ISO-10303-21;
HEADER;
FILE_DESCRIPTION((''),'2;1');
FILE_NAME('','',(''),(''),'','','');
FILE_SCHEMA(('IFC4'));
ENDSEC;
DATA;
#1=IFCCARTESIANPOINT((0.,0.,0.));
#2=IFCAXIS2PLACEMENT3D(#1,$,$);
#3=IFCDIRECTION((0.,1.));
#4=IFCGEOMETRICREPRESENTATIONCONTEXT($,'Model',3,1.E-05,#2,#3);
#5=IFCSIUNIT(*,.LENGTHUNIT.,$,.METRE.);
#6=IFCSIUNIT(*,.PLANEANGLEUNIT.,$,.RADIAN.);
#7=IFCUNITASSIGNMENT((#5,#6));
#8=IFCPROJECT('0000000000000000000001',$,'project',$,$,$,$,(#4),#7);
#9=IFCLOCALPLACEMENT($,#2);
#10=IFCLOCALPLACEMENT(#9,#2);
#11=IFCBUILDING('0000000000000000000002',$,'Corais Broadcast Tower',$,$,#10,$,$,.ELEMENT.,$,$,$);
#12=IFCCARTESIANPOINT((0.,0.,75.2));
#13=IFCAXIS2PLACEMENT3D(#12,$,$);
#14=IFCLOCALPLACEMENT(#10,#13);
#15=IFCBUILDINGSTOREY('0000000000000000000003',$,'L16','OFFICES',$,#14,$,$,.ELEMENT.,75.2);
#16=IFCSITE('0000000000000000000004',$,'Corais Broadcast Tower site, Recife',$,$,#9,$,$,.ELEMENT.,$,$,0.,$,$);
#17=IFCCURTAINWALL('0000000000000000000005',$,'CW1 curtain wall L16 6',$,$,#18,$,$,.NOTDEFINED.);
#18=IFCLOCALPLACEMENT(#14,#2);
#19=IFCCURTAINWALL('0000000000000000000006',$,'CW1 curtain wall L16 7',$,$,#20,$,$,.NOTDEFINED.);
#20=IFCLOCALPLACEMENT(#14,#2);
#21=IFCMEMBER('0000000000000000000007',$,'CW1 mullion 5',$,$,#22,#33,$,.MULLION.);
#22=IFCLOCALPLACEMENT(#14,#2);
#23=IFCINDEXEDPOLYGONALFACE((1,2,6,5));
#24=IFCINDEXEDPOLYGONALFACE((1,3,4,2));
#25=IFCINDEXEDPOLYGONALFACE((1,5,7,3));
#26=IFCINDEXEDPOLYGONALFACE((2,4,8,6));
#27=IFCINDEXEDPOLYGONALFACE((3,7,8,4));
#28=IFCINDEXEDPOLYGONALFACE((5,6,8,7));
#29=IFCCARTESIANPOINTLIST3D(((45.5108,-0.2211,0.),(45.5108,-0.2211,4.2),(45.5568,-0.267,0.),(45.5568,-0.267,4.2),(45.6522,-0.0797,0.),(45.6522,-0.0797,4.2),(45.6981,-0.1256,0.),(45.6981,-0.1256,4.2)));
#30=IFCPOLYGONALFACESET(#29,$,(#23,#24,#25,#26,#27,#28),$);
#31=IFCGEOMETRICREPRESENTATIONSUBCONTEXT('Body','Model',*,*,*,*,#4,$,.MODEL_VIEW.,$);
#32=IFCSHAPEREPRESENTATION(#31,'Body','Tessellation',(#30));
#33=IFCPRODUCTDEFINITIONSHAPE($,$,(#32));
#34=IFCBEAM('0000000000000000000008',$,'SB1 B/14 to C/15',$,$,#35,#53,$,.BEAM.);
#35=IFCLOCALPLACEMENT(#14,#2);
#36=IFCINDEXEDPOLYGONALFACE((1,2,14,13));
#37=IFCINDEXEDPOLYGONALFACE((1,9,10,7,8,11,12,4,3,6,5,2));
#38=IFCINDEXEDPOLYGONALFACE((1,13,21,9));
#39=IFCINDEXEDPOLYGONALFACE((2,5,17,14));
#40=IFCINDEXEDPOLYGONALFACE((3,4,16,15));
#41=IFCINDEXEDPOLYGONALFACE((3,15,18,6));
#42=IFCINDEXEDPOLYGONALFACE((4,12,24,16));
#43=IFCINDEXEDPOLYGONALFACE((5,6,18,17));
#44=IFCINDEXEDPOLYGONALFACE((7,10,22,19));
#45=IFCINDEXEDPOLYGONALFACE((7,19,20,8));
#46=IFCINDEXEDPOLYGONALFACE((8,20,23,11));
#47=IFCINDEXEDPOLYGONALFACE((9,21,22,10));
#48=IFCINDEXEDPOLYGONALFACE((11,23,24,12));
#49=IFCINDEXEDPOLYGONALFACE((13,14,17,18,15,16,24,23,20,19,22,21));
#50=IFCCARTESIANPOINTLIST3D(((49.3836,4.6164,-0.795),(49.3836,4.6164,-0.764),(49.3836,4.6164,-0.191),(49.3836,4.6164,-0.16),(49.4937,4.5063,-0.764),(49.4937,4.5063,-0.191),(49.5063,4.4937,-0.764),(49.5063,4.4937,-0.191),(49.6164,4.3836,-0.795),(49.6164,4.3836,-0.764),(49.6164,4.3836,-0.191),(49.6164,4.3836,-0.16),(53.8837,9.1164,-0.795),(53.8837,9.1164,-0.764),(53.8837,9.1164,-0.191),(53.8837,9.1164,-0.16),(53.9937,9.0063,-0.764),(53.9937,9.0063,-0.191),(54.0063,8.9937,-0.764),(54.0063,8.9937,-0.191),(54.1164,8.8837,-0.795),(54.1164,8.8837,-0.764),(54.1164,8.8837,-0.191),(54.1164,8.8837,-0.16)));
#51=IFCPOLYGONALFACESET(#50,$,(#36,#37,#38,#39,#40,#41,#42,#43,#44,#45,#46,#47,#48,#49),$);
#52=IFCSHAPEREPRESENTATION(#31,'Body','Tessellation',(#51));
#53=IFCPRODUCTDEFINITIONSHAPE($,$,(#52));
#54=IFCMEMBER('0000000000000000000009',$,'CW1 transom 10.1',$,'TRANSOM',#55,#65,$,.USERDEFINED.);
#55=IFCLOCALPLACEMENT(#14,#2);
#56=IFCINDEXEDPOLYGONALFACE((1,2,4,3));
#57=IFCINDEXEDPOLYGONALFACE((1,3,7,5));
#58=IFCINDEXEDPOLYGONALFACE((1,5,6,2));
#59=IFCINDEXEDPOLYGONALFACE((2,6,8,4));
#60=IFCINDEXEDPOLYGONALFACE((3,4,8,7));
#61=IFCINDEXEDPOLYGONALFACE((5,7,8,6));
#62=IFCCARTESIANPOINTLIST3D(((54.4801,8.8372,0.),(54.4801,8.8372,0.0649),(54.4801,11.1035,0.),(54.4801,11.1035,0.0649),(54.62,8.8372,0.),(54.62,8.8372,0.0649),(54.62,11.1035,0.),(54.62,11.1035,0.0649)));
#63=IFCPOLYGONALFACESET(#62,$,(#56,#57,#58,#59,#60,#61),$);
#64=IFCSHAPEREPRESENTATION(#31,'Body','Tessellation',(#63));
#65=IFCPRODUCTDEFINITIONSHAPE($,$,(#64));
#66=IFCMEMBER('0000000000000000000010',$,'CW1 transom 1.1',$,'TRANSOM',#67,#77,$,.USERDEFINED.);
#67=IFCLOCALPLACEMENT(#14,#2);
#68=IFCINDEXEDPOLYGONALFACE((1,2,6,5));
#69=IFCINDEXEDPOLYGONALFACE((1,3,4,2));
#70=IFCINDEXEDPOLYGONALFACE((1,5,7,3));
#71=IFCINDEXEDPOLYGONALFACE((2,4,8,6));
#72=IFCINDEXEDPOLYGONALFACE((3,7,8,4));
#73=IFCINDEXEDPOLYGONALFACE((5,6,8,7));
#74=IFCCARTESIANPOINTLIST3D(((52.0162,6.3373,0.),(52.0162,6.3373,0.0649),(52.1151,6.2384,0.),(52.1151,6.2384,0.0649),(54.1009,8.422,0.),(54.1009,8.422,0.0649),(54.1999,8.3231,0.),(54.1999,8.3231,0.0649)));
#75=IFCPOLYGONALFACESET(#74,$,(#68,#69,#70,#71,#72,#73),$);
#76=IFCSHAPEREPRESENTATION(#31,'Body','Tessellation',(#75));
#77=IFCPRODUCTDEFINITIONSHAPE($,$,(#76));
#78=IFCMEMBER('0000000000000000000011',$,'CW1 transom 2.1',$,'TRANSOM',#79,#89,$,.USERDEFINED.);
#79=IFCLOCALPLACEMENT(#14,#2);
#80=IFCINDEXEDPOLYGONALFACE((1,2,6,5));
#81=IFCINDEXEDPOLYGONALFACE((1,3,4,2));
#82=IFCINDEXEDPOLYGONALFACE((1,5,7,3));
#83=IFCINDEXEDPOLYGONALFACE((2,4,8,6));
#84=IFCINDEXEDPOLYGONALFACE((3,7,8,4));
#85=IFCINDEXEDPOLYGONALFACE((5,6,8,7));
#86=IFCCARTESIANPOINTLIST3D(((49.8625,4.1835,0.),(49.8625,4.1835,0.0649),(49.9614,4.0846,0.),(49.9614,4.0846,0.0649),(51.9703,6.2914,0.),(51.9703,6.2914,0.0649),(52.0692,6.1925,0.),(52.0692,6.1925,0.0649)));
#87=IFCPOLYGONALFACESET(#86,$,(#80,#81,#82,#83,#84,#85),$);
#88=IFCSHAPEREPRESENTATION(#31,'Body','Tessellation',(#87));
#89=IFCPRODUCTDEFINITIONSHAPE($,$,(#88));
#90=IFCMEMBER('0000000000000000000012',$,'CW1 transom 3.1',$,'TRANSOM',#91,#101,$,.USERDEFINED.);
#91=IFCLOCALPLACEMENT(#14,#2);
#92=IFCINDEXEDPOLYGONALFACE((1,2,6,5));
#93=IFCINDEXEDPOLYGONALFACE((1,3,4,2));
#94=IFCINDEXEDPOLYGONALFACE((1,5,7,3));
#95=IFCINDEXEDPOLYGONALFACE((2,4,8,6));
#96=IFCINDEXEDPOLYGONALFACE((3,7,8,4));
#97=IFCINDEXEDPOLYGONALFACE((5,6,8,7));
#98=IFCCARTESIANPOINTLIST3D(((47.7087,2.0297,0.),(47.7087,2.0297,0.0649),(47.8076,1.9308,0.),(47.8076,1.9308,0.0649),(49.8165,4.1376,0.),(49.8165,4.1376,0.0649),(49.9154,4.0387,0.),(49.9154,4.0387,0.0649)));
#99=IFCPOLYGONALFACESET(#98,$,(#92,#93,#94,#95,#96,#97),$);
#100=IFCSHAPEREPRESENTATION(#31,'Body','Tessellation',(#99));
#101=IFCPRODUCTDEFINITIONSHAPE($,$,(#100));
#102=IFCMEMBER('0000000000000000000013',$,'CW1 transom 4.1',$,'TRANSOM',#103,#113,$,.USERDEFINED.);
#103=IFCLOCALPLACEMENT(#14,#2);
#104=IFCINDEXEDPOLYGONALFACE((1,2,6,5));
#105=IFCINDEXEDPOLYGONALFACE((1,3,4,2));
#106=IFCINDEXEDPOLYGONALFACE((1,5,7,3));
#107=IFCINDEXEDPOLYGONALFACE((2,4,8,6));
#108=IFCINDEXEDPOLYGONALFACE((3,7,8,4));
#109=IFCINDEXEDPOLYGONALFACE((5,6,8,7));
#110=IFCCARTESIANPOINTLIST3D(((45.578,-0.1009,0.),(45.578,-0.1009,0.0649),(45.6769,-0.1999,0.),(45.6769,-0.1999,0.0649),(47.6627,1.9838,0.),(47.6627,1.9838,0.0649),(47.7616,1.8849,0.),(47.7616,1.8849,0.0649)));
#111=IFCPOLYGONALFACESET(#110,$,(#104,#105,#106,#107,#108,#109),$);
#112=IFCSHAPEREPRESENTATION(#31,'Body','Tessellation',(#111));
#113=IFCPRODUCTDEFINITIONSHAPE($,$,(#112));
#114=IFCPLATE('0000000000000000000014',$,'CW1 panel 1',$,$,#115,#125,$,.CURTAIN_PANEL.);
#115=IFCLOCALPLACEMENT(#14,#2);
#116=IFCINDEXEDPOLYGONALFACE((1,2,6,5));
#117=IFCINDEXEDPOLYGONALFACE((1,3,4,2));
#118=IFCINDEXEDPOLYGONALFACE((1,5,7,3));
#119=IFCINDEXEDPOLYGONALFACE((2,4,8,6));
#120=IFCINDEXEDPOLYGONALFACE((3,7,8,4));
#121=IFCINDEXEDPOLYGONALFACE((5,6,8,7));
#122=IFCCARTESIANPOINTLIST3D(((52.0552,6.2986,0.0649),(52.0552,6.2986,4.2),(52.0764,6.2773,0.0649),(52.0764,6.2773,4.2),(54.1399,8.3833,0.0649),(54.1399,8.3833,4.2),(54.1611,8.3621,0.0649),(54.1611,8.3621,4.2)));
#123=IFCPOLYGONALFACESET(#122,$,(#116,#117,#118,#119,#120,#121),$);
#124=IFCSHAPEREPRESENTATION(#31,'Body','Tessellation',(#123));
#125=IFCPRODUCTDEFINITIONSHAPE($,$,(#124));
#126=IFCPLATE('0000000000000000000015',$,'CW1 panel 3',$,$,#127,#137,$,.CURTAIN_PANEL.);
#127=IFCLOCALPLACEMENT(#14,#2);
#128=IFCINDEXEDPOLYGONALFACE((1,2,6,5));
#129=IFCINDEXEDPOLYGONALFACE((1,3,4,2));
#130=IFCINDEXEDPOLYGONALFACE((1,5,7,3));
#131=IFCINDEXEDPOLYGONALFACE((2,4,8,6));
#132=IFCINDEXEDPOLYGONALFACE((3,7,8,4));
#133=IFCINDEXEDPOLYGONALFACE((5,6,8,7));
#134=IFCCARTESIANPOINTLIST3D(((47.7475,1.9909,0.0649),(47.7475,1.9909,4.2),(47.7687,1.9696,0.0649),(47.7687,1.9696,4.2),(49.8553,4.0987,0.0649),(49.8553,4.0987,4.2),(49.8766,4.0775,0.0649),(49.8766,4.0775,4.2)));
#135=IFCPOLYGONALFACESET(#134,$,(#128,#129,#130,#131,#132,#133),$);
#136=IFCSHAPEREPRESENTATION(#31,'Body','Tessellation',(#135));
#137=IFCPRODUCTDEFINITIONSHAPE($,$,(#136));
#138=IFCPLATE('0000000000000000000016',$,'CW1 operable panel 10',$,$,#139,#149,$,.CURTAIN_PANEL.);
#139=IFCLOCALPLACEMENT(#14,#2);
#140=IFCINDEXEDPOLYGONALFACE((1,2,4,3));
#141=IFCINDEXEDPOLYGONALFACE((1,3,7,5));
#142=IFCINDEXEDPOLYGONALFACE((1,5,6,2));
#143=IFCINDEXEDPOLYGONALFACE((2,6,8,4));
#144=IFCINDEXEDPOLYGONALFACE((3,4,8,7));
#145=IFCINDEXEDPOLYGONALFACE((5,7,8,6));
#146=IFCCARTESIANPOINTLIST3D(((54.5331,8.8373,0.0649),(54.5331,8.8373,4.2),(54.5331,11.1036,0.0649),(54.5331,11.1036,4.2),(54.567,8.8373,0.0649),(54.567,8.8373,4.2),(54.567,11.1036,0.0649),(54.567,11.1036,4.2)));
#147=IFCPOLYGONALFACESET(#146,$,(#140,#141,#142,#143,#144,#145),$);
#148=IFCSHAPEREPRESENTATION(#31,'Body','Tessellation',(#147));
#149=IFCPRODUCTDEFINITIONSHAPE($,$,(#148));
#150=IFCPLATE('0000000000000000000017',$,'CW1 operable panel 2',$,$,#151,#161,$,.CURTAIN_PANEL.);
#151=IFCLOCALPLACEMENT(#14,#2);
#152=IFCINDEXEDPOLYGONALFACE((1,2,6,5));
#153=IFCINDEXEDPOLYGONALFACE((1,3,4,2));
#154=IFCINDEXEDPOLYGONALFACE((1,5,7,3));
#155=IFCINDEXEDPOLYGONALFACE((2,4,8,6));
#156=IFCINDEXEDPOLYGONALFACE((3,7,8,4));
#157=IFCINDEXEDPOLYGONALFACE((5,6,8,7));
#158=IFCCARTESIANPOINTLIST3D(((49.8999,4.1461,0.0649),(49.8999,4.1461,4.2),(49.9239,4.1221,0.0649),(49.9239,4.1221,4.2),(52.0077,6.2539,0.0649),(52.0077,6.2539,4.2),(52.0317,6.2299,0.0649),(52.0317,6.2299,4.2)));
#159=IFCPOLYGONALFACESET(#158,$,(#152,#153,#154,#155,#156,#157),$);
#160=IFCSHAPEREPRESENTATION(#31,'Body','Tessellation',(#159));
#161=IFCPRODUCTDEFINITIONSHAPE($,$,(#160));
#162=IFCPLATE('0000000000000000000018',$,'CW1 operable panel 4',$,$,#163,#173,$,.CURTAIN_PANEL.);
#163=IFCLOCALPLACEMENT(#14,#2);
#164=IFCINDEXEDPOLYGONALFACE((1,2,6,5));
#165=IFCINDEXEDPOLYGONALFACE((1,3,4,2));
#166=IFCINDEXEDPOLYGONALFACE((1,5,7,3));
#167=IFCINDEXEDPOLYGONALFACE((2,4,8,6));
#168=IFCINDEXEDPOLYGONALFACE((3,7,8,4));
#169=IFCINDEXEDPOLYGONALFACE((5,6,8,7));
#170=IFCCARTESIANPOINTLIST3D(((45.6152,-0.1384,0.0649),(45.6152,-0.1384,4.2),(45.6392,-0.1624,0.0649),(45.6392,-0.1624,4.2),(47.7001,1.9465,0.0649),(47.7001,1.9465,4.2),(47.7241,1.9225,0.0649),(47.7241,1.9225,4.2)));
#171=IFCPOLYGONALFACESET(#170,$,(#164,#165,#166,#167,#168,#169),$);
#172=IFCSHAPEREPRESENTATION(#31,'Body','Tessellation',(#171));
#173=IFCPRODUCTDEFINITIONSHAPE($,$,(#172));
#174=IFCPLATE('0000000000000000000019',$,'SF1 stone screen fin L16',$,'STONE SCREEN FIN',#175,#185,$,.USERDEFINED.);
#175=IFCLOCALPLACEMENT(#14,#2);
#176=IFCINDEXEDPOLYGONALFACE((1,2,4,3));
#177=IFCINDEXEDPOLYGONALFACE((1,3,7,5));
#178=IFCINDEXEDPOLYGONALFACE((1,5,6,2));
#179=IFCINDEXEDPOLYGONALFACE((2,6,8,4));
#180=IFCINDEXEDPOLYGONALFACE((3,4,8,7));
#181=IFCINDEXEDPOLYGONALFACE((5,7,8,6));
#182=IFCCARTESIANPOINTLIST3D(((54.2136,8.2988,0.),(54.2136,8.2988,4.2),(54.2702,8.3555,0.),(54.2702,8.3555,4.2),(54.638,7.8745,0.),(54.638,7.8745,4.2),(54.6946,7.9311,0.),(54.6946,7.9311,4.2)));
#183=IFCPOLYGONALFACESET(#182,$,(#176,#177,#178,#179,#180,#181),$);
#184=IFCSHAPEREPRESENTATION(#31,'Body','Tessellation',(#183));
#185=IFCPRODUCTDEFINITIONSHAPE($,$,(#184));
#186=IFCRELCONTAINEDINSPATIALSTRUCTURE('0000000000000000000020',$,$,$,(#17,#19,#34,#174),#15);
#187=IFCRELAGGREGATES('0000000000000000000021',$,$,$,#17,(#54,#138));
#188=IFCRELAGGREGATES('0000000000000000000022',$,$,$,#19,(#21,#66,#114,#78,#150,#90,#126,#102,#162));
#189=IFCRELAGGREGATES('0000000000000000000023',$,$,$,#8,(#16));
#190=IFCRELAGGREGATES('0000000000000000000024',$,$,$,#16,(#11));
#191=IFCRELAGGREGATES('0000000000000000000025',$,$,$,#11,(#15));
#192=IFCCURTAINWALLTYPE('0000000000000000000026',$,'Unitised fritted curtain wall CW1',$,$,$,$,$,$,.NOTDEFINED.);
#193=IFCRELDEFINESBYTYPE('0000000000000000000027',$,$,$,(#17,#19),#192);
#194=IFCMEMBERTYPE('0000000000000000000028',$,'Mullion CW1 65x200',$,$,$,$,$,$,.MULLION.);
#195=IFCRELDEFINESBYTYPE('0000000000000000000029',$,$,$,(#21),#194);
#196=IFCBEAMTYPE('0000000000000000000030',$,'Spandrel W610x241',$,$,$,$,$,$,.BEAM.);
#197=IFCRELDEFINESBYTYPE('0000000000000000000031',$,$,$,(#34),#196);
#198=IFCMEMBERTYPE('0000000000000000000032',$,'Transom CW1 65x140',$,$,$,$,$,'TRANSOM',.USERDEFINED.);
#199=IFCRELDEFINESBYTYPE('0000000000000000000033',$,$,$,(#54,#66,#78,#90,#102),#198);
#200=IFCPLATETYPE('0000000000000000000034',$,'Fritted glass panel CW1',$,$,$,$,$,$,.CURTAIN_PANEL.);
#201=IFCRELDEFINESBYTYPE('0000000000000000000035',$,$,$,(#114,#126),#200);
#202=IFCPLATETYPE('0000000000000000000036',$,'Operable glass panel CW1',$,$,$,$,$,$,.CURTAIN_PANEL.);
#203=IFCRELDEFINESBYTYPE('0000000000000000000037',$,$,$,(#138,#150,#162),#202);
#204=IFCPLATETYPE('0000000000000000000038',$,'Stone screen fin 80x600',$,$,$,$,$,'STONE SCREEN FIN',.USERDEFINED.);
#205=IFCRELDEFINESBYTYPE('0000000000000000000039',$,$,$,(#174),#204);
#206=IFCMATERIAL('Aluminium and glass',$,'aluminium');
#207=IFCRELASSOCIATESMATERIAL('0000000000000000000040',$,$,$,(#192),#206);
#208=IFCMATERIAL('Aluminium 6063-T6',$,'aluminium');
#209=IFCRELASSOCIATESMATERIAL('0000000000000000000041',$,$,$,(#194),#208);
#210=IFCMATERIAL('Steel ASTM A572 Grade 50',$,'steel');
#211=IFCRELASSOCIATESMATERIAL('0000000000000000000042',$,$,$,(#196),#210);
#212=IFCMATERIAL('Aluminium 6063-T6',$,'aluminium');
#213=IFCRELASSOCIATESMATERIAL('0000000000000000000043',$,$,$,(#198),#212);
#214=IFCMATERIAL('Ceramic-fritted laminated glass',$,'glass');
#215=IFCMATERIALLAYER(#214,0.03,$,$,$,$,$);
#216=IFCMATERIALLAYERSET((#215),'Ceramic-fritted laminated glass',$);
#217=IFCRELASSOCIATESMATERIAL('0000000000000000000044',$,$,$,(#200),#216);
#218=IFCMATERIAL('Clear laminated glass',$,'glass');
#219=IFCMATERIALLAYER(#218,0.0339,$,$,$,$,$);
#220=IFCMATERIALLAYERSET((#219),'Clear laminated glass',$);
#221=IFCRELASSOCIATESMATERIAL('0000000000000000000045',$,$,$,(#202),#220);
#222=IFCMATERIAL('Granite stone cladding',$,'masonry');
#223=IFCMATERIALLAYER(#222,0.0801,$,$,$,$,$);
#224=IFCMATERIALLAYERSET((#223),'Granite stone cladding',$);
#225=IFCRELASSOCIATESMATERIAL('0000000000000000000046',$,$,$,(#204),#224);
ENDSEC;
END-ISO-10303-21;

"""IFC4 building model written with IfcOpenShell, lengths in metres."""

from ifc_helpers import new_model, si_unit, direction, frame, origin, origin_2d, place, context, subcontext, project, spatial, rectangle, i_section, extrude, material, layer, layer_set, material_profile, profile_set, type_object, element, aggregate, save


model = new_model("IFC4")

# Units and contexts
model_context = context("Model", 3, precision=1e-05, world=origin(), true_north=direction((0.0, 1.0)))
body_context = subcontext(model_context, "Body", "Model", "MODEL_VIEW")
ifc_project = project(units=[si_unit("LENGTHUNIT", "METRE"), si_unit("PLANEANGLEUNIT", "RADIAN")], contexts=[model_context])

# Site, building, storey
site_placement = place(None, origin())
site = spatial("IfcSite", under=ifc_project, at=site_placement, Name="Corais Broadcast Tower site, Recife", CompositionType="ELEMENT", RefElevation=0.0)
building_placement = place(site_placement, origin())
building = spatial("IfcBuilding", under=site, at=building_placement, Name="Corais Broadcast Tower", CompositionType="ELEMENT")
storey_placement = place(building_placement, frame((0.0, 0.0, 75.2)))
storey = spatial("IfcBuildingStorey", under=building, at=storey_placement, Name="L16", Description="OFFICES", CompositionType="ELEMENT", Elevation=75.2)

# Curtain walls, member
ifc_material_1 = material(Name="Aluminium and glass", Category="aluminium")
curtain_wall_type = type_object("IfcCurtainWallType", Name="Unitised fritted curtain wall CW1", PredefinedType="NOTDEFINED", material=ifc_material_1)
curtain_wall_1_placement = place(storey_placement, origin())
curtain_wall_1 = element("IfcCurtainWall", 1, at=curtain_wall_1_placement, inside=storey, type_object=curtain_wall_type, Name="CW1 curtain wall L16 6", PredefinedType="NOTDEFINED")
ifc_material_2 = material(Name="Aluminium 6063-T6", Category="aluminium")
ifc_material_profile_1 = material_profile(ifc_material_2, rectangle(XDim=0.0649, YDim=0.2, at=origin_2d()), Name="Mullion CW1 65x200")
ifc_profile_set_1 = profile_set([ifc_material_profile_1], Name="Aluminium 6063-T6")
member_type_1 = type_object("IfcMemberType", Name="Mullion CW1 65x200", PredefinedType="MULLION", material=ifc_profile_set_1)
curtain_wall_2_placement = place(storey_placement, origin())
curtain_wall_2 = element("IfcCurtainWall", 2, at=curtain_wall_2_placement, inside=storey, type_object=curtain_wall_type, Name="CW1 curtain wall L16 7", PredefinedType="NOTDEFINED")
member_1_placement = place(storey_placement, frame((45.6045, -0.1733, 0.0), z_axis=(0.0, 0.0, 1.0), x_axis=(0.707107, -0.707107, 0.0)))
member_1 = element("IfcMember", 3, at=member_1_placement, type_object=member_type_1, Name="CW1 mullion 5", PredefinedType="MULLION", context=body_context, shape_type="SweptSolid", body=[
    extrude(rectangle(XDim=0.0649, YDim=0.2, at=origin_2d()), origin(), (0.0, 0.0, 1.0), 4.2),
])

# Beam
ifc_material_3 = material(Name="Steel ASTM A572 Grade 50", Category="steel")
ifc_material_profile_2 = material_profile(ifc_material_3, i_section(OverallWidth=0.3291, OverallDepth=0.635, WebThickness=0.0178, FlangeThickness=0.031, at=origin_2d()), Name="W610x241")
ifc_profile_set_2 = profile_set([ifc_material_profile_2], Name="Steel ASTM A572 Grade 50")
beam_type_1 = type_object("IfcBeamType", Name="Spandrel W610x241", PredefinedType="BEAM", material=ifc_profile_set_2)
beam_1_placement = place(storey_placement, frame((49.5, 4.5, -0.4775), z_axis=(0.707107, 0.707107, 0.0), x_axis=(-0.707107, 0.707107, 0.0)))
element("IfcBeam", 4, at=beam_1_placement, inside=storey, type_object=beam_type_1, Name="SB1 B/14 to C/15", PredefinedType="BEAM", context=body_context, shape_type="SweptSolid", body=[
    extrude(i_section(OverallWidth=0.3291, OverallDepth=0.635, WebThickness=0.0178, FlangeThickness=0.031, at=origin_2d()), origin(), (0.0, 0.0, 1.0), 6.364),
])

# Members
ifc_material_4 = material(Name="Aluminium 6063-T6", Category="aluminium")
ifc_material_profile_3 = material_profile(ifc_material_4, rectangle(XDim=0.1399, YDim=0.0649, at=origin_2d()), Name="Transom CW1 65x140")
ifc_profile_set_3 = profile_set([ifc_material_profile_3], Name="Aluminium 6063-T6")
member_type_2 = type_object("IfcMemberType", Name="Transom CW1 65x140", ElementType="TRANSOM", PredefinedType="USERDEFINED", material=ifc_profile_set_3)
member_2_placement = place(storey_placement, frame((54.55, 11.1035, 0.0325), z_axis=(0.0, -1.0, 0.0), x_axis=(1.0, 0.0, 0.0)))
member_2 = element("IfcMember", 5, at=member_2_placement, type_object=member_type_2, Name="CW1 transom 10.1", ObjectType="TRANSOM", PredefinedType="USERDEFINED", context=body_context, shape_type="SweptSolid", body=[
    extrude(rectangle(XDim=0.1399, YDim=0.0649, at=origin_2d()), origin(), (0.0, 0.0, 1.0), 2.2664),
])
member_3_placement = place(storey_placement, frame((54.1504, 8.3726, 0.0325), z_axis=(-0.707107, -0.707107, 0.0), x_axis=(0.707107, -0.707107, 0.0)))
member_3 = element("IfcMember", 6, at=member_3_placement, type_object=member_type_2, Name="CW1 transom 1.1", ObjectType="TRANSOM", PredefinedType="USERDEFINED", context=body_context, shape_type="SweptSolid", body=[
    extrude(rectangle(XDim=0.1399, YDim=0.0649, at=origin_2d()), origin(), (0.0, 0.0, 1.0), 2.9482),
])
member_4_placement = place(storey_placement, frame((52.0198, 6.2419, 0.0325), z_axis=(-0.707107, -0.707107, 0.0), x_axis=(0.707107, -0.707107, 0.0)))
member_4 = element("IfcMember", 7, at=member_4_placement, type_object=member_type_2, Name="CW1 transom 2.1", ObjectType="TRANSOM", PredefinedType="USERDEFINED", context=body_context, shape_type="SweptSolid", body=[
    extrude(rectangle(XDim=0.1399, YDim=0.0649, at=origin_2d()), origin(), (0.0, 0.0, 1.0), 2.981),
])
member_5_placement = place(storey_placement, frame((49.866, 4.0881, 0.0325), z_axis=(-0.707107, -0.707107, 0.0), x_axis=(0.707107, -0.707107, 0.0)))
member_5 = element("IfcMember", 8, at=member_5_placement, type_object=member_type_2, Name="CW1 transom 3.1", ObjectType="TRANSOM", PredefinedType="USERDEFINED", context=body_context, shape_type="SweptSolid", body=[
    extrude(rectangle(XDim=0.1399, YDim=0.0649, at=origin_2d()), origin(), (0.0, 0.0, 1.0), 2.981),
])
member_6_placement = place(storey_placement, frame((47.7122, 1.9343, 0.0325), z_axis=(-0.707107, -0.707107, 0.0), x_axis=(0.707107, -0.707107, 0.0)))
member_6 = element("IfcMember", 9, at=member_6_placement, type_object=member_type_2, Name="CW1 transom 4.1", ObjectType="TRANSOM", PredefinedType="USERDEFINED", context=body_context, shape_type="SweptSolid", body=[
    extrude(rectangle(XDim=0.1399, YDim=0.0649, at=origin_2d()), origin(), (0.0, 0.0, 1.0), 2.9482),
])

# Plates
ifc_material_5 = material(Name="Ceramic-fritted laminated glass", Category="glass")
ifc_layer_1 = layer(ifc_material_5, 0.03)
ifc_layer_set_1 = layer_set([ifc_layer_1], Name="Ceramic-fritted laminated glass")
plate_type_1 = type_object("IfcPlateType", Name="Fritted glass panel CW1", PredefinedType="CURTAIN_PANEL", material=ifc_layer_set_1)
plate_1_placement = place(storey_placement, frame((53.1082, 7.3303, 0.0649), z_axis=(0.0, 0.0, 1.0), x_axis=(-0.707107, -0.707107, 0.0)))
plate_1 = element("IfcPlate", 10, at=plate_1_placement, type_object=plate_type_1, Name="CW1 panel 1", PredefinedType="CURTAIN_PANEL", context=body_context, shape_type="SweptSolid", body=[
    extrude(rectangle(XDim=2.9482, YDim=0.03, at=origin_2d()), origin(), (0.0, 0.0, 1.0), 4.135),
])
plate_2_placement = place(storey_placement, frame((48.812, 3.0342, 0.0649), z_axis=(0.0, 0.0, 1.0), x_axis=(-0.707107, -0.707107, 0.0)))
plate_2 = element("IfcPlate", 11, at=plate_2_placement, type_object=plate_type_1, Name="CW1 panel 3", PredefinedType="CURTAIN_PANEL", context=body_context, shape_type="SweptSolid", body=[
    extrude(rectangle(XDim=2.981, YDim=0.03, at=origin_2d()), origin(), (0.0, 0.0, 1.0), 4.135),
])
ifc_material_6 = material(Name="Clear laminated glass", Category="glass")
ifc_layer_2 = layer(ifc_material_6, 0.0339)
ifc_layer_set_2 = layer_set([ifc_layer_2], Name="Clear laminated glass")
plate_type_2 = type_object("IfcPlateType", Name="Operable glass panel CW1", PredefinedType="CURTAIN_PANEL", material=ifc_layer_set_2)
plate_3_placement = place(storey_placement, frame((54.55, 9.9705, 0.0649), z_axis=(0.0, 0.0, 1.0), x_axis=(0.0, -1.0, 0.0)))
plate_3 = element("IfcPlate", 12, at=plate_3_placement, type_object=plate_type_2, Name="CW1 operable panel 10", PredefinedType="CURTAIN_PANEL", context=body_context, shape_type="SweptSolid", body=[
    extrude(rectangle(XDim=2.2664, YDim=0.0339, at=origin_2d()), origin(), (0.0, 0.0, 1.0), 4.135),
])
aggregate(curtain_wall_1, [member_2, plate_3])
plate_4_placement = place(storey_placement, frame((50.9658, 5.188, 0.0649), z_axis=(0.0, 0.0, 1.0), x_axis=(-0.707107, -0.707107, 0.0)))
plate_4 = element("IfcPlate", 13, at=plate_4_placement, type_object=plate_type_2, Name="CW1 operable panel 2", PredefinedType="CURTAIN_PANEL", context=body_context, shape_type="SweptSolid", body=[
    extrude(rectangle(XDim=2.981, YDim=0.0339, at=origin_2d()), origin(), (0.0, 0.0, 1.0), 4.135),
])
plate_5_placement = place(storey_placement, frame((46.6697, 0.8921, 0.0649), z_axis=(0.0, 0.0, 1.0), x_axis=(-0.707107, -0.707107, 0.0)))
plate_5 = element("IfcPlate", 14, at=plate_5_placement, type_object=plate_type_2, Name="CW1 operable panel 4", PredefinedType="CURTAIN_PANEL", context=body_context, shape_type="SweptSolid", body=[
    extrude(rectangle(XDim=2.9485, YDim=0.0339, at=origin_2d()), origin(), (0.0, 0.0, 1.0), 4.135),
])
aggregate(curtain_wall_2, [member_1, member_3, plate_1, member_4, plate_4, member_5, plate_2, member_6, plate_5])

# Plate
ifc_material_7 = material(Name="Granite stone cladding", Category="masonry")
ifc_layer_3 = layer(ifc_material_7, 0.0801)
ifc_layer_set_3 = layer_set([ifc_layer_3], Name="Granite stone cladding")
plate_type_3 = type_object("IfcPlateType", Name="Stone screen fin 80x600", ElementType="STONE SCREEN FIN", PredefinedType="USERDEFINED", material=ifc_layer_set_3)
for number, where, z_axis, x_axis, name in (
    (15, (54.4541, 8.115, 0.0), (0.0, 0.0, 1.0), (-0.707107, -0.707107, 0.0), "SF1 stone screen fin L16"),
):
    element("IfcPlate", number, at=place(storey_placement, frame(where, z_axis=z_axis, x_axis=x_axis)), inside=storey, type_object=plate_type_3, Name=name, ObjectType="STONE SCREEN FIN", PredefinedType="USERDEFINED", context=body_context, shape_type="SweptSolid", body=[
        extrude(rectangle(XDim=0.0801, YDim=0.6001, at=origin_2d()), origin(), (0.0, 0.0, 1.0), 4.2),
    ])

save(model, "model.ifc")
